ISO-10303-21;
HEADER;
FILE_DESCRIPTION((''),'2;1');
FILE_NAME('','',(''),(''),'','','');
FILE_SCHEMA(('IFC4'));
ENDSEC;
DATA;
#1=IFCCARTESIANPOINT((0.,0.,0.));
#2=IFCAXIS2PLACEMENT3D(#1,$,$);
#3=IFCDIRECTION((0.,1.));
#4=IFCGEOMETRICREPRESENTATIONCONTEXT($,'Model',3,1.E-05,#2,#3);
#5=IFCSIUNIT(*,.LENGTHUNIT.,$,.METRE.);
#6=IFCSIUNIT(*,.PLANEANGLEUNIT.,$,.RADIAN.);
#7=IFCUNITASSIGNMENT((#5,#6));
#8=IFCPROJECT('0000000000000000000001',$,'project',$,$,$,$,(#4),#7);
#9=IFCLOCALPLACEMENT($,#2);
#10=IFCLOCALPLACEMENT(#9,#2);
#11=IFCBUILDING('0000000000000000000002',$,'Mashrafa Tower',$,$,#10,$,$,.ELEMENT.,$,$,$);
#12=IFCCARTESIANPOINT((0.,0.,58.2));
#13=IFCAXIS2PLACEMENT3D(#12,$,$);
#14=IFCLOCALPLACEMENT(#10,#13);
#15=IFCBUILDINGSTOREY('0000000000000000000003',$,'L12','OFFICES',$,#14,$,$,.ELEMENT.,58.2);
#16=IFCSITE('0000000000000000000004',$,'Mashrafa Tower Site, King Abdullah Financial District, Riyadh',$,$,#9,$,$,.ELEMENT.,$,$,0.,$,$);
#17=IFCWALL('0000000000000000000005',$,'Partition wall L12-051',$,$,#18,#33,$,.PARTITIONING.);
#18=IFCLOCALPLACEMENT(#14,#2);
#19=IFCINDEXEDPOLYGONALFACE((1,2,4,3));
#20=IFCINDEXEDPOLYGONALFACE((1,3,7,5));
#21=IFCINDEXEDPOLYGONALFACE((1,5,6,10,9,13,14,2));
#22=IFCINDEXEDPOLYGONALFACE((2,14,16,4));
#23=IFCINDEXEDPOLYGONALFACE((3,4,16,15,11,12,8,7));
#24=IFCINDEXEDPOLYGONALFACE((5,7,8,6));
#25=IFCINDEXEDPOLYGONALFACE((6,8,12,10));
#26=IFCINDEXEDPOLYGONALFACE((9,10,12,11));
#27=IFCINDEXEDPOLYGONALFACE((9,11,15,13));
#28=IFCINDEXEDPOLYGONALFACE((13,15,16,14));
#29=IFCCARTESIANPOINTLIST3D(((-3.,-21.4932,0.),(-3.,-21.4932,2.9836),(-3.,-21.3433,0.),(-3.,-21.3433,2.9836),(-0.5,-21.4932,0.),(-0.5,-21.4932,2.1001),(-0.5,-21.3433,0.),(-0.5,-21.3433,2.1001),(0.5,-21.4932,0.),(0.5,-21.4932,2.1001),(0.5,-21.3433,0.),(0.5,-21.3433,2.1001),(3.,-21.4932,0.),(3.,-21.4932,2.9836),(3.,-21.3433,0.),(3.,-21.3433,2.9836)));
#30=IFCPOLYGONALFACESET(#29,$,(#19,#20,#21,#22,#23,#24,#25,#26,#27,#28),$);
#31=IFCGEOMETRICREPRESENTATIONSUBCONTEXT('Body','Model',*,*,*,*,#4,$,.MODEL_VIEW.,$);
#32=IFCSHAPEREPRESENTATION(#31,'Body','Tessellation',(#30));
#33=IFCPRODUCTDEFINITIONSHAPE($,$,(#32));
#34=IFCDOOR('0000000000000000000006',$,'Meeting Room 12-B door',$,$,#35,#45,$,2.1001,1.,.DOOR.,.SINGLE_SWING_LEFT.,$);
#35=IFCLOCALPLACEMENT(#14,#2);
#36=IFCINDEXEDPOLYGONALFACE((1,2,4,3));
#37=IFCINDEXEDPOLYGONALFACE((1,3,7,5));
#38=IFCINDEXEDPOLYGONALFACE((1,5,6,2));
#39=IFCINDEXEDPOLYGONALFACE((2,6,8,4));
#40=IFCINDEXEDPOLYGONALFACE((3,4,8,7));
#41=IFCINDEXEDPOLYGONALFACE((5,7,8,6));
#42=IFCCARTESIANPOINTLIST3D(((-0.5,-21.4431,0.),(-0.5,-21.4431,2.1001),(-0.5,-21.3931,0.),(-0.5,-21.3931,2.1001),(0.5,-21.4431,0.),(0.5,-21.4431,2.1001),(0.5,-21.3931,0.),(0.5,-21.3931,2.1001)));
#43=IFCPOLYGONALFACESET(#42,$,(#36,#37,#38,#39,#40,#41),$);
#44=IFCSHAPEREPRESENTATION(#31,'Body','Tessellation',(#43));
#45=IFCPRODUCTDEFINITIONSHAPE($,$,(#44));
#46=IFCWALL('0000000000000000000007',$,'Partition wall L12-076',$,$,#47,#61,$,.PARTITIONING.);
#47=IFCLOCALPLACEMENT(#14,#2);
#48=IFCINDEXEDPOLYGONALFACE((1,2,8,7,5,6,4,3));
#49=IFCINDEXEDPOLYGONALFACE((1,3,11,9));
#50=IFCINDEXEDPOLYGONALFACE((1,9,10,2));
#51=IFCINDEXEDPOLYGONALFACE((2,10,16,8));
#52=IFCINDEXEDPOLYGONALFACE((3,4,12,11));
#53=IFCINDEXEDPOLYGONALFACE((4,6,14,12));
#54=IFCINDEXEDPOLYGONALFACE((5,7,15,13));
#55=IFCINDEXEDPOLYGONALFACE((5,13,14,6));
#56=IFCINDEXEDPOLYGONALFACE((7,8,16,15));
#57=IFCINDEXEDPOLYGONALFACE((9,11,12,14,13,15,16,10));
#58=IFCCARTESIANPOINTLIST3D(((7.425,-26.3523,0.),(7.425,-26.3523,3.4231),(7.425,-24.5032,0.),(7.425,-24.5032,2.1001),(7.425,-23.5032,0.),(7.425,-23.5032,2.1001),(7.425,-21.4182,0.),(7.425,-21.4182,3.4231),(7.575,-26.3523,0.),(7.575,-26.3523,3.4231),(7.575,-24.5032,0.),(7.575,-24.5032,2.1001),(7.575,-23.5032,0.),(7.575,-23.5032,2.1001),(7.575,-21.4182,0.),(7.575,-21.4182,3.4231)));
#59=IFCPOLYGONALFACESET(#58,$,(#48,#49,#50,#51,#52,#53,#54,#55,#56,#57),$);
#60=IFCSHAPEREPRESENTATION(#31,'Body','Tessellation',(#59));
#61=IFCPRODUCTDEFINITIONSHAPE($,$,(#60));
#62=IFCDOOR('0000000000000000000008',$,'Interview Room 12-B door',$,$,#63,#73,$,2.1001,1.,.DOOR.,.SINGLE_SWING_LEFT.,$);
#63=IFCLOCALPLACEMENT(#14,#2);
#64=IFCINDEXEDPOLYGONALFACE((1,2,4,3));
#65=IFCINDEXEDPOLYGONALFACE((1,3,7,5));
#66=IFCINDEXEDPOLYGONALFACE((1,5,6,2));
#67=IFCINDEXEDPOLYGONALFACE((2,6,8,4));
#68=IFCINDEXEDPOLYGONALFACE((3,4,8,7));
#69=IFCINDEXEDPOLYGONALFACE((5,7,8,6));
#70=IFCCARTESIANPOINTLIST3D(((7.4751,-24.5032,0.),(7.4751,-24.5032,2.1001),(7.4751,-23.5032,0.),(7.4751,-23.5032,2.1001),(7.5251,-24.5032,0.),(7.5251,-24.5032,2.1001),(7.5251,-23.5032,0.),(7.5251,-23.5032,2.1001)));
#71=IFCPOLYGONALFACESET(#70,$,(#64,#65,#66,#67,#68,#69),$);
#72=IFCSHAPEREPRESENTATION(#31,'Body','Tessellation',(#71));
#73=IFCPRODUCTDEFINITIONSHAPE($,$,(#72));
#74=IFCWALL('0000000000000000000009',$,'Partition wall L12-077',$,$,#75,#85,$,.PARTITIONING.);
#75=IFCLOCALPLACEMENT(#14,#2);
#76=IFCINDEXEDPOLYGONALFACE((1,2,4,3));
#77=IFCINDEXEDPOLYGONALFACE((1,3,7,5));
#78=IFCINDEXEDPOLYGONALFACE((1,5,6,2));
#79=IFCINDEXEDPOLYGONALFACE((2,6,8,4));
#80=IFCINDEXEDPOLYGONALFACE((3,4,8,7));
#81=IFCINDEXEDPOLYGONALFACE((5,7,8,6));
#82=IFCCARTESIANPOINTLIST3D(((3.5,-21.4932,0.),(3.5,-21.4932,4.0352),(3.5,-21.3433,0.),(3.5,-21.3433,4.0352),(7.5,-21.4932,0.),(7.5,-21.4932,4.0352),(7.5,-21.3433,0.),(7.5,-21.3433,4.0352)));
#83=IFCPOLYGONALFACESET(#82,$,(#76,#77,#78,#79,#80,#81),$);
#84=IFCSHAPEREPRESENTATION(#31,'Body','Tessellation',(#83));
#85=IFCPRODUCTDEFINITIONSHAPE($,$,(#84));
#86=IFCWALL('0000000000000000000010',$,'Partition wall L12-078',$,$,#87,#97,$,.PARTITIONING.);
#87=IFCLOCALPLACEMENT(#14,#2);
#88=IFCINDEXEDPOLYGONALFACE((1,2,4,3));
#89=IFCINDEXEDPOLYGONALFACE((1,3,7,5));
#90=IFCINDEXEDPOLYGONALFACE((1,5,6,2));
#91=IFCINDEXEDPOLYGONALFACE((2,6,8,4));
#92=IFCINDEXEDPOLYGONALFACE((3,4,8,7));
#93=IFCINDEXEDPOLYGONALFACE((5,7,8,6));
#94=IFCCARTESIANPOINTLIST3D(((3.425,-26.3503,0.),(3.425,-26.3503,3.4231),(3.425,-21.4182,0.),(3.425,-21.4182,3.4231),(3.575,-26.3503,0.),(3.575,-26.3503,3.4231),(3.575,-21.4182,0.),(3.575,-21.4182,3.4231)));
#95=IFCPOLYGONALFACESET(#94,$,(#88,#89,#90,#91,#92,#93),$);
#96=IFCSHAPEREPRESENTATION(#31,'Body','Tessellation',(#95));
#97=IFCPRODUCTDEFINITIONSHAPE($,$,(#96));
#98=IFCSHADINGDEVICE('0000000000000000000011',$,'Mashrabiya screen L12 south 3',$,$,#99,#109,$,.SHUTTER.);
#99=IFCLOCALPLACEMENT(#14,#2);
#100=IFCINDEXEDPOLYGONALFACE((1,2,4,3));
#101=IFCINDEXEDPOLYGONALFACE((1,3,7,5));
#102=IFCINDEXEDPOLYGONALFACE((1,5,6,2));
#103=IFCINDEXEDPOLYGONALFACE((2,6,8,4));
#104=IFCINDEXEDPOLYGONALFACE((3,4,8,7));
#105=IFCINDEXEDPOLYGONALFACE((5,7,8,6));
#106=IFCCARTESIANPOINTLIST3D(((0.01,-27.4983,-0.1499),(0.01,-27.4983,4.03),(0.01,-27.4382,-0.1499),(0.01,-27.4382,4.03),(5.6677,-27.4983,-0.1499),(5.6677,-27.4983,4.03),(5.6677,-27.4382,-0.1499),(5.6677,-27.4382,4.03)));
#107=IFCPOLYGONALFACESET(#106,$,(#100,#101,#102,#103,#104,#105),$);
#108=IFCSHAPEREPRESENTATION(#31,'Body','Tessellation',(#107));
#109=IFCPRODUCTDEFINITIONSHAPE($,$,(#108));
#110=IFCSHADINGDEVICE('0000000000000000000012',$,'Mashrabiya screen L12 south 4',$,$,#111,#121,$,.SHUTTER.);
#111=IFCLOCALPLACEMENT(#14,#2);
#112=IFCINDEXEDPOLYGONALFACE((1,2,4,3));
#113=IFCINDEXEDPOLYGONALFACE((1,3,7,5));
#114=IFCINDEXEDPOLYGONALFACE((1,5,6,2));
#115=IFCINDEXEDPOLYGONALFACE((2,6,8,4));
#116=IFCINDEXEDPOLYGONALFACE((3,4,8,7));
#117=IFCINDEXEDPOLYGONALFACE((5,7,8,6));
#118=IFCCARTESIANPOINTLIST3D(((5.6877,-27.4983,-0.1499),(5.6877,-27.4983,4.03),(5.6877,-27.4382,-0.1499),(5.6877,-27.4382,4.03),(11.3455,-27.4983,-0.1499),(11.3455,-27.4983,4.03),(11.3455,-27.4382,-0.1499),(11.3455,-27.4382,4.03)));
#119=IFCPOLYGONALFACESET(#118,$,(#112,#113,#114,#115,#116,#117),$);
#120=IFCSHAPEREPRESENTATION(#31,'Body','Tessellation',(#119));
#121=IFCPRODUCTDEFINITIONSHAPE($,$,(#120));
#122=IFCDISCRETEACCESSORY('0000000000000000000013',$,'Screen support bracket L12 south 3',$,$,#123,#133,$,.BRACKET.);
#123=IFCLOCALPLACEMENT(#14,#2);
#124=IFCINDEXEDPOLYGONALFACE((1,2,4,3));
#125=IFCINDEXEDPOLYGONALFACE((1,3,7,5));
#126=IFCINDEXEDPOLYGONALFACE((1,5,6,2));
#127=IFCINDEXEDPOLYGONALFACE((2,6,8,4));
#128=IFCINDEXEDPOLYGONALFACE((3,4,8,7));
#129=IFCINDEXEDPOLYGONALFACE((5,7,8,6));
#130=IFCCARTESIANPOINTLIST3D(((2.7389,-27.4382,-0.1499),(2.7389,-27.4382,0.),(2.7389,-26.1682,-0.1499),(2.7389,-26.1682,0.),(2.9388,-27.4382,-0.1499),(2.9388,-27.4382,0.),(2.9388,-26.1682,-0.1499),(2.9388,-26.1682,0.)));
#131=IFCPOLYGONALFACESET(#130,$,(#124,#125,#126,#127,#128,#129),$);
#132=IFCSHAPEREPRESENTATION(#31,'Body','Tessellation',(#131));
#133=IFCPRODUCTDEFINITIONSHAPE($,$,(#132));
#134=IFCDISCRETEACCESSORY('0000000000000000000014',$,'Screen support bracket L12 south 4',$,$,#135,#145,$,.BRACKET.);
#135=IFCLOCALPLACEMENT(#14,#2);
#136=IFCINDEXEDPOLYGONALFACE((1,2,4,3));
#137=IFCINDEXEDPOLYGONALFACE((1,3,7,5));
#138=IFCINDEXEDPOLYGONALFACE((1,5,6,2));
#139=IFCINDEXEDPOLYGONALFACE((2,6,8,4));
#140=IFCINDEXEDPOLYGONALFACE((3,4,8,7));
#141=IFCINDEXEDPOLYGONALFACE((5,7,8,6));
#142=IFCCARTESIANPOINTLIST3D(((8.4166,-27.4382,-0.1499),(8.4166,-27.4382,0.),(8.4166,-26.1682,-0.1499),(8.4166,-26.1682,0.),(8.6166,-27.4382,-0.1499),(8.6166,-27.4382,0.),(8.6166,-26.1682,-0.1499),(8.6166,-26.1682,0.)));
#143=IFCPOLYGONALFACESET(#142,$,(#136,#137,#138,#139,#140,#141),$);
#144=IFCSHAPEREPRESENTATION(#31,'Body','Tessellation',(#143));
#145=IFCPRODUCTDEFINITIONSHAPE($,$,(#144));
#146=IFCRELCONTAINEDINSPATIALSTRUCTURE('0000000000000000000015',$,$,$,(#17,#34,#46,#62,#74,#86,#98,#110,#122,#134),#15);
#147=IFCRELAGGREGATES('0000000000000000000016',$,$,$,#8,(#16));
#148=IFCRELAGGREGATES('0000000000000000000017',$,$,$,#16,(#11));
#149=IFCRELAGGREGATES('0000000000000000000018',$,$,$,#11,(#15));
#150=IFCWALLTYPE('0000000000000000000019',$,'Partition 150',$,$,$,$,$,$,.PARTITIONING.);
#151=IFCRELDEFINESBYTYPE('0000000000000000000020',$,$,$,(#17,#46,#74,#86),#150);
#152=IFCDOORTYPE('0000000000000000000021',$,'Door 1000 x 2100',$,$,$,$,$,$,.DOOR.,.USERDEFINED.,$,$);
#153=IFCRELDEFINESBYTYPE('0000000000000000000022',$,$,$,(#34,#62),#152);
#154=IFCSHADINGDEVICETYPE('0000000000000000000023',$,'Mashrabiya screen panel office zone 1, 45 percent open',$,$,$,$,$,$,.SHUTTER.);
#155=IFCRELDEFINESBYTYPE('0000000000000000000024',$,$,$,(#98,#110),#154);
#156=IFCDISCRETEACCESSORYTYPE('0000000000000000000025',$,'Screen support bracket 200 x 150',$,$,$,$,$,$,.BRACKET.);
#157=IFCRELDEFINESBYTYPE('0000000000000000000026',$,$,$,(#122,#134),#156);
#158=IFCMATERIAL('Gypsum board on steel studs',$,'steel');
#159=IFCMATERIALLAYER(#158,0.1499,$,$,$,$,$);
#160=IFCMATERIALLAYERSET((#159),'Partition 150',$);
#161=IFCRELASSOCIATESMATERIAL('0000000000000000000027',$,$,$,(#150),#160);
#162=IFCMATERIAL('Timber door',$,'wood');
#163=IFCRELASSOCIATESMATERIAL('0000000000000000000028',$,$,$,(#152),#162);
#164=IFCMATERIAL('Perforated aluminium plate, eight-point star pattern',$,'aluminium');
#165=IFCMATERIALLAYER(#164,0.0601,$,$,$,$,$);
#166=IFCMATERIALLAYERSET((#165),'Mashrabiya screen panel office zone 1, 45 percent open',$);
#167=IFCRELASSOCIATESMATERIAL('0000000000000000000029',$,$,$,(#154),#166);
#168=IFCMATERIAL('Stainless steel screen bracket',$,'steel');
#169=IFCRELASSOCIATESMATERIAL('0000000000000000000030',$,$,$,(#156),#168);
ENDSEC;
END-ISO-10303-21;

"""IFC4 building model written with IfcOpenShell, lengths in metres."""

from ifc_helpers import new_model, si_unit, direction, frame, frame_2d, origin, origin_2d, place, context, subcontext, project, spatial, rectangle, extrude, source, transform, mapped, material, layer, layer_set, type_object, type_shapes, element, fill, save


model = new_model("IFC4")

# Units and contexts
model_context = context("Model", 3, precision=1e-05, world=origin(), true_north=direction((0.0, 1.0)))
body_context = subcontext(model_context, "Body", "Model", "MODEL_VIEW")
ifc_project = project(units=[si_unit("LENGTHUNIT", "METRE"), si_unit("PLANEANGLEUNIT", "RADIAN")], contexts=[model_context])

# Site, building, storey
site_placement = place(None, origin())
site = spatial("IfcSite", under=ifc_project, at=site_placement, Name="Mashrafa Tower Site, King Abdullah Financial District, Riyadh", CompositionType="ELEMENT", RefElevation=0.0)
building_placement = place(site_placement, origin())
building = spatial("IfcBuilding", under=site, at=building_placement, Name="Mashrafa Tower", CompositionType="ELEMENT")
storey_placement = place(building_placement, frame((0.0, 0.0, 58.2)))
storey = spatial("IfcBuildingStorey", under=building, at=storey_placement, Name="L12", Description="OFFICES", CompositionType="ELEMENT", Elevation=58.2)

# Shared definitions
ifc_material_1 = material(Name="Gypsum board on steel studs", Category="steel")
ifc_layer_1 = layer(ifc_material_1, 0.1499)
ifc_layer_set_1 = layer_set([ifc_layer_1], Name="Partition 150")
wall_type_1 = type_object("IfcWallType", Name="Partition 150", PredefinedType="PARTITIONING", material=ifc_layer_set_1)

# Walls, openings, doors
wall_1_placement = place(storey_placement, frame((3.0, -21.4182, 0.0), z_axis=(0.0, 0.0, 1.0), x_axis=(-1.0, 0.0, 0.0)))
wall_1 = element("IfcWall", 1, at=wall_1_placement, inside=storey, type_object=wall_type_1, Name="Partition wall L12-051", PredefinedType="PARTITIONING", context=body_context, shape_type="SweptSolid", body=[
    extrude(rectangle(XDim=6.0, YDim=0.1499, at=frame_2d((3.0, 0.0))), origin(), (0.0, 0.0, 1.0), 2.9836),
])
opening_1_placement = place(wall_1_placement, frame((2.5, 0.0, 0.0)))
opening_1 = element("IfcOpeningElement", 2, at=opening_1_placement, cuts=wall_1, PredefinedType="OPENING", context=body_context, shape_type="SweptSolid", body=[
    extrude(rectangle(XDim=1.0, YDim=2.1001, at=frame_2d((0.5, 1.05))), frame((0.0, 0.085, 0.0), z_axis=(0.0, -1.0, 0.0), x_axis=(1.0, 0.0, 0.0)), (0.0, 0.0, 1.0), 0.1699),
])
ifc_material_2 = material(Name="Timber door", Category="wood")
door_type_1 = type_object("IfcDoorType", Name="Door 1000 x 2100", OperationType="USERDEFINED", PredefinedType="DOOR", material=ifc_material_2)
door_1_placement = place(opening_1_placement, origin())
door_1 = element("IfcDoor", 3, at=door_1_placement, inside=storey, type_object=door_type_1, Name="Meeting Room 12-B door", OperationType="SINGLE_SWING_LEFT", OverallHeight=2.1001, OverallWidth=1.0, PredefinedType="DOOR", context=body_context, shape_type="SweptSolid", body=[
    extrude(rectangle(XDim=1.0, YDim=2.1001, at=frame_2d((0.5, 1.05))), frame((0.0, 0.0249, 0.0), z_axis=(0.0, -1.0, 0.0), x_axis=(1.0, 0.0, 0.0)), (0.0, 0.0, 1.0), 0.05),
])
fill(opening_1, door_1)
wall_2_placement = place(storey_placement, frame((7.5, -26.3523, 0.0), z_axis=(0.0, 0.0, 1.0), x_axis=(0.0, 1.0, 0.0)))
wall_2 = element("IfcWall", 4, at=wall_2_placement, inside=storey, type_object=wall_type_1, Name="Partition wall L12-076", PredefinedType="PARTITIONING", context=body_context, shape_type="SweptSolid", body=[
    extrude(rectangle(XDim=4.9341, YDim=0.1499, at=frame_2d((2.467, 0.0))), origin(), (0.0, 0.0, 1.0), 3.4231),
])
opening_2_placement = place(wall_2_placement, frame((1.8491, 0.0, 0.0)))
opening_2 = element("IfcOpeningElement", 5, at=opening_2_placement, cuts=wall_2, PredefinedType="OPENING", context=body_context, shape_type="SweptSolid", body=[
    extrude(rectangle(XDim=1.0, YDim=2.1001, at=frame_2d((0.5, 1.05))), frame((0.0, 0.085, 0.0), z_axis=(0.0, -1.0, 0.0), x_axis=(1.0, 0.0, 0.0)), (0.0, 0.0, 1.0), 0.1699),
])
door_2_placement = place(opening_2_placement, origin())
door_2 = element("IfcDoor", 6, at=door_2_placement, inside=storey, type_object=door_type_1, Name="Interview Room 12-B door", OperationType="SINGLE_SWING_LEFT", OverallHeight=2.1001, OverallWidth=1.0, PredefinedType="DOOR", context=body_context, shape_type="SweptSolid", body=[
    extrude(rectangle(XDim=1.0, YDim=2.1001, at=frame_2d((0.5, 1.05))), frame((0.0, 0.0249, 0.0), z_axis=(0.0, -1.0, 0.0), x_axis=(1.0, 0.0, 0.0)), (0.0, 0.0, 1.0), 0.05),
])
fill(opening_2, door_2)

# Walls
wall_3_placement = place(storey_placement, frame((7.5, -21.4182, 0.0), z_axis=(0.0, 0.0, 1.0), x_axis=(-1.0, 0.0, 0.0)))
element("IfcWall", 7, at=wall_3_placement, inside=storey, type_object=wall_type_1, Name="Partition wall L12-077", PredefinedType="PARTITIONING", context=body_context, shape_type="SweptSolid", body=[
    extrude(rectangle(XDim=4.0, YDim=0.1499, at=frame_2d((2.0, 0.0))), origin(), (0.0, 0.0, 1.0), 4.0352),
])
wall_4_placement = place(storey_placement, frame((3.5, -21.4182, 0.0), z_axis=(0.0, 0.0, 1.0), x_axis=(0.0, -1.0, 0.0)))
element("IfcWall", 8, at=wall_4_placement, inside=storey, type_object=wall_type_1, Name="Partition wall L12-078", PredefinedType="PARTITIONING", context=body_context, shape_type="SweptSolid", body=[
    extrude(rectangle(XDim=4.9321, YDim=0.1499, at=frame_2d((2.4661, 0.0))), origin(), (0.0, 0.0, 1.0), 3.4231),
])

# Shading devices
ifc_material_3 = material(Name="Perforated aluminium plate, eight-point star pattern", Category="aluminium")
ifc_layer_2 = layer(ifc_material_3, 0.0601)
ifc_layer_set_2 = layer_set([ifc_layer_2], Name="Mashrabiya screen panel office zone 1, 45 percent open")
shading_device_type = type_object("IfcShadingDeviceType", Name="Mashrabiya screen panel office zone 1, 45 percent open", PredefinedType="SHUTTER", material=ifc_layer_set_2)
shared_shape_1 = source(origin(), body_context, "Body", "SweptSolid", [
    extrude(rectangle(XDim=5.6577, YDim=0.0601, at=origin_2d()), origin(), (0.0, 0.0, 1.0), 4.1799),
])
type_shapes(shading_device_type, [shared_shape_1])
for number, where, z_axis, x_axis, name in (
    (9, (2.8389, -27.4683, -0.1499), (0.0, 0.0, 1.0), (1.0, 0.0, 0.0), "Mashrabiya screen L12 south 3"),
    (10, (8.5166, -27.4683, -0.1499), (0.0, 0.0, 1.0), (1.0, 0.0, 0.0), "Mashrabiya screen L12 south 4"),
):
    element("IfcShadingDevice", number, at=place(storey_placement, frame(where, z_axis=z_axis, x_axis=x_axis)), inside=storey, type_object=shading_device_type, Name=name, PredefinedType="SHUTTER", context=body_context, shape_type="MappedRepresentation", body=[
        mapped(shared_shape_1, transform((0.0, 0.0, 0.0))),
    ])

# Discrete accessories
ifc_material_4 = material(Name="Stainless steel screen bracket", Category="steel")
discrete_accessory_type = type_object("IfcDiscreteAccessoryType", Name="Screen support bracket 200 x 150", PredefinedType="BRACKET", material=ifc_material_4)
shared_shape_2 = source(origin(), body_context, "Body", "SweptSolid", [
    extrude(rectangle(XDim=0.2, YDim=1.27, at=origin_2d()), origin(), (0.0, 0.0, 1.0), 0.1499),
])
type_shapes(discrete_accessory_type, [shared_shape_2])
for number, where, z_axis, x_axis, name in (
    (11, (2.8389, -26.8032, -0.1499), (0.0, 0.0, 1.0), (1.0, 0.0, 0.0), "Screen support bracket L12 south 3"),
    (12, (8.5166, -26.8032, -0.1499), (0.0, 0.0, 1.0), (1.0, 0.0, 0.0), "Screen support bracket L12 south 4"),
):
    element("IfcDiscreteAccessory", number, at=place(storey_placement, frame(where, z_axis=z_axis, x_axis=x_axis)), inside=storey, type_object=discrete_accessory_type, Name=name, PredefinedType="BRACKET", context=body_context, shape_type="MappedRepresentation", body=[
        mapped(shared_shape_2, transform((0.0, 0.0, 0.0))),
    ])

save(model, "model.ifc")
